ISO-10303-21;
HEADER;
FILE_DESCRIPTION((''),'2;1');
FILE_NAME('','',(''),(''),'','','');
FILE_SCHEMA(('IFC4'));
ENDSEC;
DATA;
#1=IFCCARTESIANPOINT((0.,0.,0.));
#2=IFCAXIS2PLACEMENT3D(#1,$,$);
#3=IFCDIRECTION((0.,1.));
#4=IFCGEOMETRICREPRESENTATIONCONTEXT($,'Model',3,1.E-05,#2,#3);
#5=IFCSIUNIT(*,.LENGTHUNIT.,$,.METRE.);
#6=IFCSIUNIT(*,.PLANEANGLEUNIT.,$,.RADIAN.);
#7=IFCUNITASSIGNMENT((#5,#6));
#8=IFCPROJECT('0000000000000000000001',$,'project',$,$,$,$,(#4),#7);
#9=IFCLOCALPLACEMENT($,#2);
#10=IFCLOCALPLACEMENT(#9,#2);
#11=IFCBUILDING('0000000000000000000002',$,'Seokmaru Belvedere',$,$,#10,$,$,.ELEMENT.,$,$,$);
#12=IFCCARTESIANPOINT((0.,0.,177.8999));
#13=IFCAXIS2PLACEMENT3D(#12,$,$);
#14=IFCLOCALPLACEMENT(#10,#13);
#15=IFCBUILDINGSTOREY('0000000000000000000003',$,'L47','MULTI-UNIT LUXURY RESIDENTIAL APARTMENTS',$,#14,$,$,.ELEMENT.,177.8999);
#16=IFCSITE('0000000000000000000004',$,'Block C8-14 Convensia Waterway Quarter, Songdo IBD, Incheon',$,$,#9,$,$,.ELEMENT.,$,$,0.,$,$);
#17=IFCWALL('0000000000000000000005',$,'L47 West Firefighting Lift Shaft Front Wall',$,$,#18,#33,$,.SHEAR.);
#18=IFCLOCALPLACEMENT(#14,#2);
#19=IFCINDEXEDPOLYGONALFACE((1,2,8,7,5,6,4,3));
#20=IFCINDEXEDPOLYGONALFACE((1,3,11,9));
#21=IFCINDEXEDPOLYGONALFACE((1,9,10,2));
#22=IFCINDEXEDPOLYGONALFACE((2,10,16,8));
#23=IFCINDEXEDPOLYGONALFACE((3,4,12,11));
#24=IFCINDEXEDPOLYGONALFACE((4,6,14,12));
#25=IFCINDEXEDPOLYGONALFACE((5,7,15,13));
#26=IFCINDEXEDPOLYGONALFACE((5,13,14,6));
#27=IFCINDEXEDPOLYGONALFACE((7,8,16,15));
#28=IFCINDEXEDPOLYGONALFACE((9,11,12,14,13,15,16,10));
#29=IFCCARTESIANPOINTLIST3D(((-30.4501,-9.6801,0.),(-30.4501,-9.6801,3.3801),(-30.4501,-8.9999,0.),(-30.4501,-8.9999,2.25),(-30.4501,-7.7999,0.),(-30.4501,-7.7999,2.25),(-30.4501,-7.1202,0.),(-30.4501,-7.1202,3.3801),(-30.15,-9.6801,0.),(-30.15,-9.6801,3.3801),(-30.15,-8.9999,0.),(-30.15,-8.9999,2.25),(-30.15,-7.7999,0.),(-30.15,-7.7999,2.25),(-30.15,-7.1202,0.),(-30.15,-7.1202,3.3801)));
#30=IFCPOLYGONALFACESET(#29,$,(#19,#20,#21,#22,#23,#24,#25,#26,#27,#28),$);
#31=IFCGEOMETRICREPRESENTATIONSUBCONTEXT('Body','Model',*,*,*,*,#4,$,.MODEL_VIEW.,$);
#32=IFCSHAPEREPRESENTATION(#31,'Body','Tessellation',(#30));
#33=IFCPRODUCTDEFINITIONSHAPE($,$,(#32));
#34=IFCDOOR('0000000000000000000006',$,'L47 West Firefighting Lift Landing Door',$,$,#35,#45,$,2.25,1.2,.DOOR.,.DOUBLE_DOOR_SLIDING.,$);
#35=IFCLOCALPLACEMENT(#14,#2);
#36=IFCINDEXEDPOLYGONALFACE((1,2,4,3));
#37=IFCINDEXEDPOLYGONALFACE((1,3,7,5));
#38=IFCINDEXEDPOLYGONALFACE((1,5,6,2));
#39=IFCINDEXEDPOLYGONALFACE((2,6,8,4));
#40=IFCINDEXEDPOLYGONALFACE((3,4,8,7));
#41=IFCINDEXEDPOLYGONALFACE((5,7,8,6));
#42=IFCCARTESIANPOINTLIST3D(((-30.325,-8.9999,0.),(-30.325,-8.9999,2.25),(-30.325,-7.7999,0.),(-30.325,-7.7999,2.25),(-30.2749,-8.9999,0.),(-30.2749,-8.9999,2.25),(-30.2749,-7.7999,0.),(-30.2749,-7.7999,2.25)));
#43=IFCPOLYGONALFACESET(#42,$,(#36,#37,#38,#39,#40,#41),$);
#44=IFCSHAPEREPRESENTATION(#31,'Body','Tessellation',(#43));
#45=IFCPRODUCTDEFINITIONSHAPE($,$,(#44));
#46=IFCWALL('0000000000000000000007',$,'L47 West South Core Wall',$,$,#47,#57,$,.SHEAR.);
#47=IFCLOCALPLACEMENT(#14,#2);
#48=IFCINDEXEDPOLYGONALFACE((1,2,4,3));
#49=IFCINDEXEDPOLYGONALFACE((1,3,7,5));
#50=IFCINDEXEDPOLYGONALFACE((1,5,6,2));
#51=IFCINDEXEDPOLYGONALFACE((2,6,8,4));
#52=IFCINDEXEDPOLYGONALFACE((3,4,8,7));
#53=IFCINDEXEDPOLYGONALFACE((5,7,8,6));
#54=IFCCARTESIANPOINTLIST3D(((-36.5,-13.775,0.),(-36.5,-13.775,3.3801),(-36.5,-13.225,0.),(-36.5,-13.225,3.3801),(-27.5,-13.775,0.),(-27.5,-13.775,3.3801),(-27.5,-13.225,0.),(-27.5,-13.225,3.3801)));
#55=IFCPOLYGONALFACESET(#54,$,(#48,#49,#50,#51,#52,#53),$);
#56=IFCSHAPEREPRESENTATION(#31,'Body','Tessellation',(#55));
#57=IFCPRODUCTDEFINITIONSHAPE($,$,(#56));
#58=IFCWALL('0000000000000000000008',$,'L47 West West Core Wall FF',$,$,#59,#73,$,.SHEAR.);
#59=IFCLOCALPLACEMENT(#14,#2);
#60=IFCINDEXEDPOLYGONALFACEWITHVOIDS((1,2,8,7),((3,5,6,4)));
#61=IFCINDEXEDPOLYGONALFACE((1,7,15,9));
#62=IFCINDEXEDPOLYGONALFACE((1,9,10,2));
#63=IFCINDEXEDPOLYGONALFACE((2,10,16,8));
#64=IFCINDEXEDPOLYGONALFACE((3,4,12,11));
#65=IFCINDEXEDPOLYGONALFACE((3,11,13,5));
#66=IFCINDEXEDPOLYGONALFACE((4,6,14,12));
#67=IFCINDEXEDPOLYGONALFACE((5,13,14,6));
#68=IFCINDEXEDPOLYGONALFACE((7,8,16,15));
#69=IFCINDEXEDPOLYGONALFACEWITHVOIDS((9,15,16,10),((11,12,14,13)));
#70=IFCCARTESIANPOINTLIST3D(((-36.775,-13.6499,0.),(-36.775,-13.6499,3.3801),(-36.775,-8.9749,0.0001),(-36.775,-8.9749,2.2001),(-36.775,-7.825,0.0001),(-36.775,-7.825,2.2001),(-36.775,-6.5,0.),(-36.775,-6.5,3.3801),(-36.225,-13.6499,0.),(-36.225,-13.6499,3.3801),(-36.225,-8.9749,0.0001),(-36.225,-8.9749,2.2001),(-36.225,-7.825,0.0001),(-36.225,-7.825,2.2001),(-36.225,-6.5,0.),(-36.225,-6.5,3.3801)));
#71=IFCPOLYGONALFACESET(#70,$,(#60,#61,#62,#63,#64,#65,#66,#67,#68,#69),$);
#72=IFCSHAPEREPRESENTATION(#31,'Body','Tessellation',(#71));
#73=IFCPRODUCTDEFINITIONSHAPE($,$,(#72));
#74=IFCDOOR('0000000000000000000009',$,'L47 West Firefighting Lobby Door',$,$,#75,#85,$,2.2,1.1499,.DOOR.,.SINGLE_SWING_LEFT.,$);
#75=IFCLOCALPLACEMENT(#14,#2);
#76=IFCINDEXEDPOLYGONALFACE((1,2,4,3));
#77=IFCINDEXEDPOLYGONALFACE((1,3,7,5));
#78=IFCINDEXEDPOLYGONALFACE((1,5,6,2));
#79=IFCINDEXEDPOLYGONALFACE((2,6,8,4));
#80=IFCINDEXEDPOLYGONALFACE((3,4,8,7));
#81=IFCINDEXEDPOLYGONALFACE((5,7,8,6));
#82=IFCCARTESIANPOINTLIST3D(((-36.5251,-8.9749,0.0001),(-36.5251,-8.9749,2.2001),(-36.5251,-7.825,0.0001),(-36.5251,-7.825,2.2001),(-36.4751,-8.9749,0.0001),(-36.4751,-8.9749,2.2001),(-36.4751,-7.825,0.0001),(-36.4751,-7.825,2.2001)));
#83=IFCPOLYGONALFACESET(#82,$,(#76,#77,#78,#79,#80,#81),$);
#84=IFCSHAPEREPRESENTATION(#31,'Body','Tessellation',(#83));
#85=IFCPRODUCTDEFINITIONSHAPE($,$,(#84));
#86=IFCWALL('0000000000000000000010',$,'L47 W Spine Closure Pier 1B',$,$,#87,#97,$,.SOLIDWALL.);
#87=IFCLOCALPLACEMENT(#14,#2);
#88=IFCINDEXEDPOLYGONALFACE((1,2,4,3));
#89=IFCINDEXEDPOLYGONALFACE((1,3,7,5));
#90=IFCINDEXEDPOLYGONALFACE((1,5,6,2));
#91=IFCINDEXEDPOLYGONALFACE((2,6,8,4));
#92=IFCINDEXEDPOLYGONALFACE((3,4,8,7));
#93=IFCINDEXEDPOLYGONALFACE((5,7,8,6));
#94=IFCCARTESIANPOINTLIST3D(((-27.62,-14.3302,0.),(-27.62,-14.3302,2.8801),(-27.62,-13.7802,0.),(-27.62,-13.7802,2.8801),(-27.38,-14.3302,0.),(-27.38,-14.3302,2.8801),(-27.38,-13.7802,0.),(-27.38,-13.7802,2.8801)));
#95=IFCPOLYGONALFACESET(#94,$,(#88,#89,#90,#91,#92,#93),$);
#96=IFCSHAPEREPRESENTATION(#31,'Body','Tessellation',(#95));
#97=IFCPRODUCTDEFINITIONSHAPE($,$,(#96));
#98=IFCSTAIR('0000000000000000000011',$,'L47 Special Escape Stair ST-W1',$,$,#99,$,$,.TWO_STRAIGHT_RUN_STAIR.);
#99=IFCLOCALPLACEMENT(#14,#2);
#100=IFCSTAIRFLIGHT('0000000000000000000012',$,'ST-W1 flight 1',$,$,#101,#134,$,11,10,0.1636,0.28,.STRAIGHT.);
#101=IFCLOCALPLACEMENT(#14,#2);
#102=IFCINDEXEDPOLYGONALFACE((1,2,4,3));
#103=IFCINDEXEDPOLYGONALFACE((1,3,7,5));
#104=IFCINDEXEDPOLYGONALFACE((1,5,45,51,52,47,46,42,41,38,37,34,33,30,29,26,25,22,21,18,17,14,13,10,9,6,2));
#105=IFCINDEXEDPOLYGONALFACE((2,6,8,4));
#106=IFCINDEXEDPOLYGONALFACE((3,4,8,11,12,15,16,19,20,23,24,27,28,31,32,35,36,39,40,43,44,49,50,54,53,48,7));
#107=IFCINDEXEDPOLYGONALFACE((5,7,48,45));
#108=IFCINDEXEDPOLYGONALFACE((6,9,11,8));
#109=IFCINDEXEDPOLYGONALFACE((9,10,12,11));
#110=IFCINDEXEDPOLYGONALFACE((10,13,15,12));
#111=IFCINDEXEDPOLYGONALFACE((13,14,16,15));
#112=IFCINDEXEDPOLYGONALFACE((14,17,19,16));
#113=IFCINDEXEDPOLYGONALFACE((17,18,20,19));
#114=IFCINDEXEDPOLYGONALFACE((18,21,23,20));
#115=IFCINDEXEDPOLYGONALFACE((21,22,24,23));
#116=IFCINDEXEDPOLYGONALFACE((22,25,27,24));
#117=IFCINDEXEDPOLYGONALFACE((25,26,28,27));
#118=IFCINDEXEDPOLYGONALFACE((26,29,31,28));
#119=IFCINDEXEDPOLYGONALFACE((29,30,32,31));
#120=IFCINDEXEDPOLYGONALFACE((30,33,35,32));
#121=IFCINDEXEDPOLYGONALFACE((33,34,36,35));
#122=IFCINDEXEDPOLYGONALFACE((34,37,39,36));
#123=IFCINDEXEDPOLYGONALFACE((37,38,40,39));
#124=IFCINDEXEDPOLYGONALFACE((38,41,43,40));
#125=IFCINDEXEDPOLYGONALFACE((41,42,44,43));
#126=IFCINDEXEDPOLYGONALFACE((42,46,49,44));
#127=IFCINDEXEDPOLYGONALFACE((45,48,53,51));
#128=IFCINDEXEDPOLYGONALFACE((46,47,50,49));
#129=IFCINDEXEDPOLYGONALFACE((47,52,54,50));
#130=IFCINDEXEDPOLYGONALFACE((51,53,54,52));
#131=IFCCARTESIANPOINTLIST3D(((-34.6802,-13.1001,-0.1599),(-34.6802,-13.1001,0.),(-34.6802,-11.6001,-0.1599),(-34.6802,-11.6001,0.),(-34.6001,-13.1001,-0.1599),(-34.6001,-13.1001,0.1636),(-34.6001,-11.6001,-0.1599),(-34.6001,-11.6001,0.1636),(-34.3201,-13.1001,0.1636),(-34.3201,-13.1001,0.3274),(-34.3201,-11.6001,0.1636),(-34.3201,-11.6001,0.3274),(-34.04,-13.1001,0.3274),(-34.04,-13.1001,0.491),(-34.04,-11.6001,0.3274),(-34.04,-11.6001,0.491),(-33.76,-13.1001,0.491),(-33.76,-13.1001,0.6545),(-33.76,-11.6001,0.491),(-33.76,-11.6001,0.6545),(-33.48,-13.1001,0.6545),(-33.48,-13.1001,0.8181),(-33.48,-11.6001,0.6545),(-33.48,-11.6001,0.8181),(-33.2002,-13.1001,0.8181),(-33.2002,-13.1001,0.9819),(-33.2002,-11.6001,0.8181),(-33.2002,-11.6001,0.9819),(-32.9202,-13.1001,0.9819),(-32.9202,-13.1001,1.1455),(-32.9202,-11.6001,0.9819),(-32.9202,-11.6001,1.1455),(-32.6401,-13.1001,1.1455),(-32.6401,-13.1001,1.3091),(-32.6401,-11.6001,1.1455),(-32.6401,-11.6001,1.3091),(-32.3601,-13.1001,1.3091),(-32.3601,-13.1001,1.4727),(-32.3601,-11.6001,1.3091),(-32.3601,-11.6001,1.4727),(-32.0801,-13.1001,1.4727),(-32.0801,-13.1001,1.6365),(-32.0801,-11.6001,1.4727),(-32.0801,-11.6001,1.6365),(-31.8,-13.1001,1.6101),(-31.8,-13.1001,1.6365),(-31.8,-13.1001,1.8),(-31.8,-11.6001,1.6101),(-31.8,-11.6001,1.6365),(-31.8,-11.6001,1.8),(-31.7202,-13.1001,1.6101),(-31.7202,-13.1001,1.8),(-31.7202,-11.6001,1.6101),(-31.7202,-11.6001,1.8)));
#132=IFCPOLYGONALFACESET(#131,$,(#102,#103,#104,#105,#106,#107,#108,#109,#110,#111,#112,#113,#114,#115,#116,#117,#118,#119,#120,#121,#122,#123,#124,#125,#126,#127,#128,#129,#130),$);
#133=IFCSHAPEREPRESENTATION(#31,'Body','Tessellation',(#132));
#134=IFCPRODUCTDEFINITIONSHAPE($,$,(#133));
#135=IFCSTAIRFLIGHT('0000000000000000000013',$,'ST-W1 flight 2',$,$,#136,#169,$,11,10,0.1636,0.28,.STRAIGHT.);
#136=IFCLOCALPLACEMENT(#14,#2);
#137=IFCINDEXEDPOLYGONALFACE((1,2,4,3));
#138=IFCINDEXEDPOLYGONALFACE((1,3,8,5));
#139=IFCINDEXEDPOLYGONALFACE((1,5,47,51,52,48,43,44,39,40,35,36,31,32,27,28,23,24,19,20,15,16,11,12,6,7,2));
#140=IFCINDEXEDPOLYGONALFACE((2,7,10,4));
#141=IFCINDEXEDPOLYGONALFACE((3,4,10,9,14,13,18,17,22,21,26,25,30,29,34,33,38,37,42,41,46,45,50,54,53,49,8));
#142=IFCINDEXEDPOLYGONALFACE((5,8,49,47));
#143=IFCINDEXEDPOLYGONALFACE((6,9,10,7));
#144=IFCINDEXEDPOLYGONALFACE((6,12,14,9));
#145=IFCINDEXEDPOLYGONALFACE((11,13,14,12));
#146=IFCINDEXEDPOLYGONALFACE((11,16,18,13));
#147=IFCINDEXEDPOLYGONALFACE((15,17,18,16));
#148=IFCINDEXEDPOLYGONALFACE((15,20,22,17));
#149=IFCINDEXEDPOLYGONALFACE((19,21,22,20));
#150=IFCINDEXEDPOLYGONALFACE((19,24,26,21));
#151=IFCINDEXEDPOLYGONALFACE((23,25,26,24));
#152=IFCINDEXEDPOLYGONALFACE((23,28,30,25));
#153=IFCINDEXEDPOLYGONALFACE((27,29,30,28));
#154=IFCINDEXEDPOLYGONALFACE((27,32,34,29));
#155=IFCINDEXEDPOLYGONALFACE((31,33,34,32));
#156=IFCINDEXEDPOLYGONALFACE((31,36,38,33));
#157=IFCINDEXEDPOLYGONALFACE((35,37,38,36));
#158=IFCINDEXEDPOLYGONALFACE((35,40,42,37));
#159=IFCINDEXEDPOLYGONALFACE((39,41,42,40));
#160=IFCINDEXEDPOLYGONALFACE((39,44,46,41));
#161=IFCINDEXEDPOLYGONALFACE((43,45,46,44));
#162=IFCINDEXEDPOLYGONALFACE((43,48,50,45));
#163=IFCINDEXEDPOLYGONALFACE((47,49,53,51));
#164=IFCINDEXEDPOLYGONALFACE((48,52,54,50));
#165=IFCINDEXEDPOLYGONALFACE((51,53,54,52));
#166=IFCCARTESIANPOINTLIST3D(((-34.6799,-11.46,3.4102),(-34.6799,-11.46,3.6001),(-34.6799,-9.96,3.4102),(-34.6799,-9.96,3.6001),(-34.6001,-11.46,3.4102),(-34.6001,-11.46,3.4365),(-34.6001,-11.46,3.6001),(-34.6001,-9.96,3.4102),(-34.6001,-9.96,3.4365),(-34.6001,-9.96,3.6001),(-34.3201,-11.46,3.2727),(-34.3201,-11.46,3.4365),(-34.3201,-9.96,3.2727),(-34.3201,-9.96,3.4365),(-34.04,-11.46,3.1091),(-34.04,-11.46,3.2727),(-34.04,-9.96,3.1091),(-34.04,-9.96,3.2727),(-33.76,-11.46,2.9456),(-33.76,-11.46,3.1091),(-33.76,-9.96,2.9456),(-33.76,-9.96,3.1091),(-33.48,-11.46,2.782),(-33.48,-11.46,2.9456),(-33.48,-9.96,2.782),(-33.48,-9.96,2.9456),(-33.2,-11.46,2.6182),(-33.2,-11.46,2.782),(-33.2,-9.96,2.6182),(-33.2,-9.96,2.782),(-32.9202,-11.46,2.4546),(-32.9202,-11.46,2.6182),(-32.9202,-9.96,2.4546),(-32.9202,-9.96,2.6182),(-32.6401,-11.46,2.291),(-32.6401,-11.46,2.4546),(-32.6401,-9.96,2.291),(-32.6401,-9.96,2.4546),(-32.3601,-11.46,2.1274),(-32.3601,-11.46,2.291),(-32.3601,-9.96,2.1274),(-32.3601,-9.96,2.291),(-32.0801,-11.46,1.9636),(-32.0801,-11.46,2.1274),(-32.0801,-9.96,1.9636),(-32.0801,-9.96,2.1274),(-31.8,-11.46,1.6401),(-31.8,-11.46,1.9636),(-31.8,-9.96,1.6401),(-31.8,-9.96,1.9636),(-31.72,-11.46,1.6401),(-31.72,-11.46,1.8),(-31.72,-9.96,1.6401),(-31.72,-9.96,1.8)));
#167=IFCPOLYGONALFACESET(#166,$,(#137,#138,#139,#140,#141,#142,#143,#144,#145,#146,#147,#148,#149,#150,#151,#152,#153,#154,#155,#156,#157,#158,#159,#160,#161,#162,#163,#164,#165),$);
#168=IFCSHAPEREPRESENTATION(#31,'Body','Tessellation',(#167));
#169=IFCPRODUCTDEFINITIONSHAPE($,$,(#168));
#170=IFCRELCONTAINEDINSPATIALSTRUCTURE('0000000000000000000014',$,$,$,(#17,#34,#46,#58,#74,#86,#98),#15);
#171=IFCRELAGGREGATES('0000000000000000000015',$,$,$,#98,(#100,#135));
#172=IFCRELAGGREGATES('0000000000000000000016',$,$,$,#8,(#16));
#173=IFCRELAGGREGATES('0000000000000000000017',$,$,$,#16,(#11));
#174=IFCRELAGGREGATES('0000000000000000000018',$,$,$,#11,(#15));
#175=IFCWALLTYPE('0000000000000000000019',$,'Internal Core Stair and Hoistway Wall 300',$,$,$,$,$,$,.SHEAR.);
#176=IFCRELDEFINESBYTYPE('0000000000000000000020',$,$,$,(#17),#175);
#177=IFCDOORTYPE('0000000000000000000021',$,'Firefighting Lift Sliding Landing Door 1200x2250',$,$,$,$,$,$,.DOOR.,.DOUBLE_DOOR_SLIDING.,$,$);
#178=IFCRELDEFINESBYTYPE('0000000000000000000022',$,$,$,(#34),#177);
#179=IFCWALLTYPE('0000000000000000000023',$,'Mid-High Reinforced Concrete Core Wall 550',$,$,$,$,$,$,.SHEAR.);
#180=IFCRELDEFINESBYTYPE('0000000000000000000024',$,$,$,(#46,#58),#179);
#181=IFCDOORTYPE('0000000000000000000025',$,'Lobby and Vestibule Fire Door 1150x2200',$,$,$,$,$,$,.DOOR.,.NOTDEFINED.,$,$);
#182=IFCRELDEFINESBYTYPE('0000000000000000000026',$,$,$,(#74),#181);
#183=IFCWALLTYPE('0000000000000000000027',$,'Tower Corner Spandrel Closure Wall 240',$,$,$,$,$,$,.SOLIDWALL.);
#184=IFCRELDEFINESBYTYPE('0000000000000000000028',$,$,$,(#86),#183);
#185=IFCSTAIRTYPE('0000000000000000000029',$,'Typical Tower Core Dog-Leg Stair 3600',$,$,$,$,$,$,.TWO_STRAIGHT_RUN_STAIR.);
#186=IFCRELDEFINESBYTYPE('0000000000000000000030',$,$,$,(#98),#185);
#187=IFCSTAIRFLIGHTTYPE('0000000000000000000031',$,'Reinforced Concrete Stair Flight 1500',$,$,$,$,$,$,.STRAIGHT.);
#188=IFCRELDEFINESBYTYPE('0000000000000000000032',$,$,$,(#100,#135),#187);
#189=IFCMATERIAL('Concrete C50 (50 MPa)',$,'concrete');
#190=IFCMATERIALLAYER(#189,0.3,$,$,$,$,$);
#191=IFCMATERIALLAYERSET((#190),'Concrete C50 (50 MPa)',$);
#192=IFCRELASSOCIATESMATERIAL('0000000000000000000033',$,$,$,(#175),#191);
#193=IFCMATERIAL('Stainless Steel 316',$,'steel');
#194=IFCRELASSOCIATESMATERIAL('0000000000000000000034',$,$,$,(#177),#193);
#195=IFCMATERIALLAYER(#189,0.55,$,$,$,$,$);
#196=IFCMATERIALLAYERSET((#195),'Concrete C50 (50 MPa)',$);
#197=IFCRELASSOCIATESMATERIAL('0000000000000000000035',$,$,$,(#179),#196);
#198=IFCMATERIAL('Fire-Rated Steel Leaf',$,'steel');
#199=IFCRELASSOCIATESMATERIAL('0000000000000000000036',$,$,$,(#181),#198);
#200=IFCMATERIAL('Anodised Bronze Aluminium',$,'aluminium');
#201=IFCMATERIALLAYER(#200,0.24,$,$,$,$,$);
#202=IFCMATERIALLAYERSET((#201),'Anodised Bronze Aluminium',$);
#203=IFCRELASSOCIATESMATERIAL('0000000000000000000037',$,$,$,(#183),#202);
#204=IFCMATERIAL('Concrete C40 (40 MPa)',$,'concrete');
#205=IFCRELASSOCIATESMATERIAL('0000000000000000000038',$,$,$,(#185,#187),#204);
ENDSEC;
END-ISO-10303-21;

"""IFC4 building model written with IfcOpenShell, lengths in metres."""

from ifc_helpers import new_model, si_unit, direction, frame, frame_2d, origin, place, context, subcontext, project, spatial, polyline, rectangle, outline, extrude, source, transform, mapped, material, layer, layer_set, type_object, type_shapes, element, fill, aggregate, save


model = new_model("IFC4")

# Units and contexts
model_context = context("Model", 3, precision=1e-05, world=origin(), true_north=direction((0.0, 1.0)))
body_context = subcontext(model_context, "Body", "Model", "MODEL_VIEW")
ifc_project = project(units=[si_unit("LENGTHUNIT", "METRE"), si_unit("PLANEANGLEUNIT", "RADIAN")], contexts=[model_context])

# Site, building, storey
site_placement = place(None, origin())
site = spatial("IfcSite", under=ifc_project, at=site_placement, Name="Block C8-14 Convensia Waterway Quarter, Songdo IBD, Incheon", CompositionType="ELEMENT", RefElevation=0.0)
building_placement = place(site_placement, origin())
building = spatial("IfcBuilding", under=site, at=building_placement, Name="Seokmaru Belvedere", CompositionType="ELEMENT")
storey_placement = place(building_placement, frame((0.0, 0.0, 177.8999)))
storey = spatial("IfcBuildingStorey", under=building, at=storey_placement, Name="L47", Description="MULTI-UNIT LUXURY RESIDENTIAL APARTMENTS", CompositionType="ELEMENT", Elevation=177.8999)

# Shared definitions
ifc_material_1 = material(Name="Anodised Bronze Aluminium", Category="aluminium")

# Shared definitions
ifc_material_2 = material(Name="Concrete C50 (50 MPa)", Category="concrete")

# Wall, opening, door
ifc_layer_1 = layer(ifc_material_2, 0.3)
ifc_layer_set_1 = layer_set([ifc_layer_1], Name="Concrete C50 (50 MPa)")
wall_type_1 = type_object("IfcWallType", Name="Internal Core Stair and Hoistway Wall 300", PredefinedType="SHEAR", material=ifc_layer_set_1)
ifc_material_3 = material(Name="Fire-Rated Steel Leaf", Category="steel")
wall_1_placement = place(storey_placement, frame((-30.3, -9.6799, 0.0), z_axis=(0.0, 0.0, 1.0), x_axis=(0.0, 1.0, 0.0)))
wall_1 = element("IfcWall", 1, at=wall_1_placement, inside=storey, type_object=wall_type_1, Name="L47 West Firefighting Lift Shaft Front Wall", PredefinedType="SHEAR", context=body_context, shape_type="SweptSolid", body=[
    extrude(rectangle(XDim=2.5598, YDim=0.3, at=frame_2d((1.2798, 0.0))), origin(), (0.0, 0.0, 1.0), 3.3801),
])
opening_1_placement = place(wall_1_placement, frame((0.6799, 0.0, 0.0)))
opening_1 = element("IfcOpeningElement", 2, at=opening_1_placement, cuts=wall_1, PredefinedType="OPENING", context=body_context, shape_type="SweptSolid", body=[
    extrude(rectangle(XDim=1.2, YDim=2.25, at=frame_2d((0.6001, 1.125))), frame((0.0, 0.1602, 0.0), z_axis=(0.0, -1.0, 0.0), x_axis=(1.0, 0.0, 0.0)), (0.0, 0.0, 1.0), 0.3201),
])
ifc_material_4 = material(Name="Stainless Steel 316", Category="steel")
door_type_1 = type_object("IfcDoorType", Name="Firefighting Lift Sliding Landing Door 1200x2250", OperationType="DOUBLE_DOOR_SLIDING", PredefinedType="DOOR", material=ifc_material_4)
shared_shape_1 = source(origin(), body_context, "Body", "SweptSolid", [
    extrude(rectangle(XDim=1.2, YDim=2.25, at=frame_2d((0.6001, 1.125))), frame((0.0, 0.0249, 0.0), z_axis=(0.0, -1.0, 0.0), x_axis=(1.0, 0.0, 0.0)), (0.0, 0.0, 1.0), 0.05),
])
type_shapes(door_type_1, [shared_shape_1])
door_1_placement = place(opening_1_placement, origin())
door_1 = element("IfcDoor", 3, at=door_1_placement, inside=storey, type_object=door_type_1, Name="L47 West Firefighting Lift Landing Door", OperationType="DOUBLE_DOOR_SLIDING", OverallHeight=2.25, OverallWidth=1.2, PredefinedType="DOOR", context=body_context, shape_type="MappedRepresentation", body=[
    mapped(shared_shape_1, transform((0.0, 0.0, 0.0), scale=1.0)),
])
fill(opening_1, door_1)

# Wall
ifc_layer_2 = layer(ifc_material_2, 0.55)
ifc_layer_set_2 = layer_set([ifc_layer_2], Name="Concrete C50 (50 MPa)")
wall_type_2 = type_object("IfcWallType", Name="Mid-High Reinforced Concrete Core Wall 550", PredefinedType="SHEAR", material=ifc_layer_set_2)
wall_2_placement = place(storey_placement, frame((-36.5, -13.5, 0.0), z_axis=(0.0, 0.0, 1.0), x_axis=(1.0, 0.0, 0.0)))
element("IfcWall", 4, at=wall_2_placement, inside=storey, type_object=wall_type_2, Name="L47 West South Core Wall", PredefinedType="SHEAR", context=body_context, shape_type="SweptSolid", body=[
    extrude(rectangle(XDim=9.0, YDim=0.55, at=frame_2d((4.5, 0.0))), origin(), (0.0, 0.0, 1.0), 3.3801),
])

# Wall, opening, door
wall_3_placement = place(storey_placement, frame((-36.5, -13.6499, 0.0), z_axis=(0.0, 0.0, 1.0), x_axis=(0.0, 1.0, 0.0)))
wall_3 = element("IfcWall", 5, at=wall_3_placement, inside=storey, type_object=wall_type_2, Name="L47 West West Core Wall FF", PredefinedType="SHEAR", context=body_context, shape_type="SweptSolid", body=[
    extrude(rectangle(XDim=7.1499, YDim=0.55, at=frame_2d((3.575, 0.0))), origin(), (0.0, 0.0, 1.0), 3.3801),
])
opening_2_placement = place(wall_3_placement, frame((4.675, 0.0, 0.0)))
opening_2 = element("IfcOpeningElement", 6, at=opening_2_placement, cuts=wall_3, PredefinedType="OPENING", context=body_context, shape_type="SweptSolid", body=[
    extrude(rectangle(XDim=1.1499, YDim=2.2, at=frame_2d((0.575, 1.1001))), frame((0.0, 0.2852, 0.0), z_axis=(0.0, -1.0, 0.0), x_axis=(1.0, 0.0, 0.0)), (0.0, 0.0, 1.0), 0.5701),
])
door_type_2 = type_object("IfcDoorType", Name="Lobby and Vestibule Fire Door 1150x2200", OperationType="NOTDEFINED", PredefinedType="DOOR", material=ifc_material_3)
shared_shape_2 = source(origin(), body_context, "Body", "SweptSolid", [
    extrude(rectangle(XDim=1.1499, YDim=2.2, at=frame_2d((0.575, 1.1001))), frame((0.0, 0.0249, 0.0), z_axis=(0.0, -1.0, 0.0), x_axis=(1.0, 0.0, 0.0)), (0.0, 0.0, 1.0), 0.05),
])
type_shapes(door_type_2, [shared_shape_2])
door_2_placement = place(opening_2_placement, frame((1.1499, 0.0, 0.0), z_axis=(0.0, 0.0, 1.0), x_axis=(-1.0, 0.0, 0.0)))
door_2 = element("IfcDoor", 7, at=door_2_placement, inside=storey, type_object=door_type_2, Name="L47 West Firefighting Lobby Door", OperationType="SINGLE_SWING_LEFT", OverallHeight=2.2, OverallWidth=1.1499, PredefinedType="DOOR", context=body_context, shape_type="MappedRepresentation", body=[
    mapped(shared_shape_2, transform((0.0, 0.0, 0.0), scale=1.0)),
])
fill(opening_2, door_2)

# Wall
ifc_layer_3 = layer(ifc_material_1, 0.24)
ifc_layer_set_3 = layer_set([ifc_layer_3], Name="Anodised Bronze Aluminium")
wall_type_3 = type_object("IfcWallType", Name="Tower Corner Spandrel Closure Wall 240", PredefinedType="SOLIDWALL", material=ifc_layer_set_3)
wall_4_placement = place(storey_placement, frame((-27.5, -14.3301, 0.0), z_axis=(0.0, 0.0, 1.0), x_axis=(0.0, 1.0, 0.0)))
element("IfcWall", 8, at=wall_4_placement, inside=storey, type_object=wall_type_3, Name="L47 W Spine Closure Pier 1B", PredefinedType="SOLIDWALL", context=body_context, shape_type="SweptSolid", body=[
    extrude(rectangle(XDim=0.55, YDim=0.24, at=frame_2d((0.2749, 0.0))), origin(), (0.0, 0.0, 1.0), 2.8801),
])

# Stair, stair flights
ifc_material_5 = material(Name="Concrete C40 (40 MPa)", Category="concrete")
stair_type = type_object("IfcStairType", Name="Typical Tower Core Dog-Leg Stair 3600", PredefinedType="TWO_STRAIGHT_RUN_STAIR", material=ifc_material_5)
stair_placement = place(storey_placement, origin())
stair = element("IfcStair", 9, at=stair_placement, inside=storey, type_object=stair_type, Name="L47 Special Escape Stair ST-W1", PredefinedType="TWO_STRAIGHT_RUN_STAIR")
stair_flight_type = type_object("IfcStairFlightType", Name="Reinforced Concrete Stair Flight 1500", PredefinedType="STRAIGHT", material=ifc_material_5)
stair_flight_1_placement = place(storey_placement, frame((-34.6001, -12.3501, 0.0), z_axis=(0.0, 0.0, 1.0), x_axis=(1.0, 0.0, 0.0)))
stair_flight_1 = element("IfcStairFlight", 10, at=stair_flight_1_placement, type_object=stair_flight_type, Name="ST-W1 flight 1", NumberOfRisers=11, NumberOfTreads=10, PredefinedType="STRAIGHT", RiserHeight=0.1636, TreadLength=0.28, context=body_context, shape_type="SweptSolid", body=[
    extrude(outline(polyline([(-0.0801, 0.0), (0.0, 0.1636), (0.28, 0.1636), (0.28, 0.3274), (0.5601, 0.3274), (0.5601, 0.491), (0.8401, 0.491), (0.8401, 0.6545), (1.1201, 0.6545), (1.1201, 0.8181), (1.3999, 0.8181), (1.3999, 0.9819), (1.6799, 0.9819), (1.6799, 1.1455), (1.96, 1.1455), (1.96, 1.3091), (2.24, 1.3091), (2.24, 1.4727), (2.52, 1.4727), (2.52, 1.6365), (2.8, 1.6365), (2.8, 1.8), (2.8799, 1.8), (2.8799, 1.6101), (2.8, 1.6101), (0.0, -0.1599), (-0.0801, -0.1599), (-0.0801, 0.0)])), frame((0.0, 0.75, 0.0), z_axis=(0.0, -1.0, 0.0), x_axis=(1.0, 0.0, 0.0)), (0.0, 0.0, 1.0), 1.5),
])
stair_flight_2_placement = place(storey_placement, frame((-31.8, -10.71, 1.8), z_axis=(0.0, 0.0, 1.0), x_axis=(-1.0, 0.0, 0.0)))
stair_flight_2 = element("IfcStairFlight", 11, at=stair_flight_2_placement, type_object=stair_flight_type, Name="ST-W1 flight 2", NumberOfRisers=11, NumberOfTreads=10, PredefinedType="STRAIGHT", RiserHeight=0.1636, TreadLength=0.28, context=body_context, shape_type="SweptSolid", body=[
    extrude(outline(polyline([(-0.0801, 0.0), (0.0, 0.1636), (0.28, 0.1636), (0.28, 0.3274), (0.5601, 0.3274), (0.5601, 0.491), (0.8401, 0.491), (0.8401, 0.6545), (1.1201, 0.6545), (1.1201, 0.8181), (1.3999, 0.8181), (1.3999, 0.9819), (1.6799, 0.9819), (1.6799, 1.1455), (1.96, 1.1455), (1.96, 1.3091), (2.24, 1.3091), (2.24, 1.4727), (2.52, 1.4727), (2.52, 1.6365), (2.8, 1.6365), (2.8, 1.8), (2.8799, 1.8), (2.8799, 1.6101), (2.8, 1.6101), (0.0, -0.1599), (-0.0801, -0.1599), (-0.0801, 0.0)])), frame((0.0, 0.75, 0.0), z_axis=(0.0, -1.0, 0.0), x_axis=(1.0, 0.0, 0.0)), (0.0, 0.0, 1.0), 1.5),
])
aggregate(stair, [stair_flight_1, stair_flight_2])

save(model, "model.ifc")
